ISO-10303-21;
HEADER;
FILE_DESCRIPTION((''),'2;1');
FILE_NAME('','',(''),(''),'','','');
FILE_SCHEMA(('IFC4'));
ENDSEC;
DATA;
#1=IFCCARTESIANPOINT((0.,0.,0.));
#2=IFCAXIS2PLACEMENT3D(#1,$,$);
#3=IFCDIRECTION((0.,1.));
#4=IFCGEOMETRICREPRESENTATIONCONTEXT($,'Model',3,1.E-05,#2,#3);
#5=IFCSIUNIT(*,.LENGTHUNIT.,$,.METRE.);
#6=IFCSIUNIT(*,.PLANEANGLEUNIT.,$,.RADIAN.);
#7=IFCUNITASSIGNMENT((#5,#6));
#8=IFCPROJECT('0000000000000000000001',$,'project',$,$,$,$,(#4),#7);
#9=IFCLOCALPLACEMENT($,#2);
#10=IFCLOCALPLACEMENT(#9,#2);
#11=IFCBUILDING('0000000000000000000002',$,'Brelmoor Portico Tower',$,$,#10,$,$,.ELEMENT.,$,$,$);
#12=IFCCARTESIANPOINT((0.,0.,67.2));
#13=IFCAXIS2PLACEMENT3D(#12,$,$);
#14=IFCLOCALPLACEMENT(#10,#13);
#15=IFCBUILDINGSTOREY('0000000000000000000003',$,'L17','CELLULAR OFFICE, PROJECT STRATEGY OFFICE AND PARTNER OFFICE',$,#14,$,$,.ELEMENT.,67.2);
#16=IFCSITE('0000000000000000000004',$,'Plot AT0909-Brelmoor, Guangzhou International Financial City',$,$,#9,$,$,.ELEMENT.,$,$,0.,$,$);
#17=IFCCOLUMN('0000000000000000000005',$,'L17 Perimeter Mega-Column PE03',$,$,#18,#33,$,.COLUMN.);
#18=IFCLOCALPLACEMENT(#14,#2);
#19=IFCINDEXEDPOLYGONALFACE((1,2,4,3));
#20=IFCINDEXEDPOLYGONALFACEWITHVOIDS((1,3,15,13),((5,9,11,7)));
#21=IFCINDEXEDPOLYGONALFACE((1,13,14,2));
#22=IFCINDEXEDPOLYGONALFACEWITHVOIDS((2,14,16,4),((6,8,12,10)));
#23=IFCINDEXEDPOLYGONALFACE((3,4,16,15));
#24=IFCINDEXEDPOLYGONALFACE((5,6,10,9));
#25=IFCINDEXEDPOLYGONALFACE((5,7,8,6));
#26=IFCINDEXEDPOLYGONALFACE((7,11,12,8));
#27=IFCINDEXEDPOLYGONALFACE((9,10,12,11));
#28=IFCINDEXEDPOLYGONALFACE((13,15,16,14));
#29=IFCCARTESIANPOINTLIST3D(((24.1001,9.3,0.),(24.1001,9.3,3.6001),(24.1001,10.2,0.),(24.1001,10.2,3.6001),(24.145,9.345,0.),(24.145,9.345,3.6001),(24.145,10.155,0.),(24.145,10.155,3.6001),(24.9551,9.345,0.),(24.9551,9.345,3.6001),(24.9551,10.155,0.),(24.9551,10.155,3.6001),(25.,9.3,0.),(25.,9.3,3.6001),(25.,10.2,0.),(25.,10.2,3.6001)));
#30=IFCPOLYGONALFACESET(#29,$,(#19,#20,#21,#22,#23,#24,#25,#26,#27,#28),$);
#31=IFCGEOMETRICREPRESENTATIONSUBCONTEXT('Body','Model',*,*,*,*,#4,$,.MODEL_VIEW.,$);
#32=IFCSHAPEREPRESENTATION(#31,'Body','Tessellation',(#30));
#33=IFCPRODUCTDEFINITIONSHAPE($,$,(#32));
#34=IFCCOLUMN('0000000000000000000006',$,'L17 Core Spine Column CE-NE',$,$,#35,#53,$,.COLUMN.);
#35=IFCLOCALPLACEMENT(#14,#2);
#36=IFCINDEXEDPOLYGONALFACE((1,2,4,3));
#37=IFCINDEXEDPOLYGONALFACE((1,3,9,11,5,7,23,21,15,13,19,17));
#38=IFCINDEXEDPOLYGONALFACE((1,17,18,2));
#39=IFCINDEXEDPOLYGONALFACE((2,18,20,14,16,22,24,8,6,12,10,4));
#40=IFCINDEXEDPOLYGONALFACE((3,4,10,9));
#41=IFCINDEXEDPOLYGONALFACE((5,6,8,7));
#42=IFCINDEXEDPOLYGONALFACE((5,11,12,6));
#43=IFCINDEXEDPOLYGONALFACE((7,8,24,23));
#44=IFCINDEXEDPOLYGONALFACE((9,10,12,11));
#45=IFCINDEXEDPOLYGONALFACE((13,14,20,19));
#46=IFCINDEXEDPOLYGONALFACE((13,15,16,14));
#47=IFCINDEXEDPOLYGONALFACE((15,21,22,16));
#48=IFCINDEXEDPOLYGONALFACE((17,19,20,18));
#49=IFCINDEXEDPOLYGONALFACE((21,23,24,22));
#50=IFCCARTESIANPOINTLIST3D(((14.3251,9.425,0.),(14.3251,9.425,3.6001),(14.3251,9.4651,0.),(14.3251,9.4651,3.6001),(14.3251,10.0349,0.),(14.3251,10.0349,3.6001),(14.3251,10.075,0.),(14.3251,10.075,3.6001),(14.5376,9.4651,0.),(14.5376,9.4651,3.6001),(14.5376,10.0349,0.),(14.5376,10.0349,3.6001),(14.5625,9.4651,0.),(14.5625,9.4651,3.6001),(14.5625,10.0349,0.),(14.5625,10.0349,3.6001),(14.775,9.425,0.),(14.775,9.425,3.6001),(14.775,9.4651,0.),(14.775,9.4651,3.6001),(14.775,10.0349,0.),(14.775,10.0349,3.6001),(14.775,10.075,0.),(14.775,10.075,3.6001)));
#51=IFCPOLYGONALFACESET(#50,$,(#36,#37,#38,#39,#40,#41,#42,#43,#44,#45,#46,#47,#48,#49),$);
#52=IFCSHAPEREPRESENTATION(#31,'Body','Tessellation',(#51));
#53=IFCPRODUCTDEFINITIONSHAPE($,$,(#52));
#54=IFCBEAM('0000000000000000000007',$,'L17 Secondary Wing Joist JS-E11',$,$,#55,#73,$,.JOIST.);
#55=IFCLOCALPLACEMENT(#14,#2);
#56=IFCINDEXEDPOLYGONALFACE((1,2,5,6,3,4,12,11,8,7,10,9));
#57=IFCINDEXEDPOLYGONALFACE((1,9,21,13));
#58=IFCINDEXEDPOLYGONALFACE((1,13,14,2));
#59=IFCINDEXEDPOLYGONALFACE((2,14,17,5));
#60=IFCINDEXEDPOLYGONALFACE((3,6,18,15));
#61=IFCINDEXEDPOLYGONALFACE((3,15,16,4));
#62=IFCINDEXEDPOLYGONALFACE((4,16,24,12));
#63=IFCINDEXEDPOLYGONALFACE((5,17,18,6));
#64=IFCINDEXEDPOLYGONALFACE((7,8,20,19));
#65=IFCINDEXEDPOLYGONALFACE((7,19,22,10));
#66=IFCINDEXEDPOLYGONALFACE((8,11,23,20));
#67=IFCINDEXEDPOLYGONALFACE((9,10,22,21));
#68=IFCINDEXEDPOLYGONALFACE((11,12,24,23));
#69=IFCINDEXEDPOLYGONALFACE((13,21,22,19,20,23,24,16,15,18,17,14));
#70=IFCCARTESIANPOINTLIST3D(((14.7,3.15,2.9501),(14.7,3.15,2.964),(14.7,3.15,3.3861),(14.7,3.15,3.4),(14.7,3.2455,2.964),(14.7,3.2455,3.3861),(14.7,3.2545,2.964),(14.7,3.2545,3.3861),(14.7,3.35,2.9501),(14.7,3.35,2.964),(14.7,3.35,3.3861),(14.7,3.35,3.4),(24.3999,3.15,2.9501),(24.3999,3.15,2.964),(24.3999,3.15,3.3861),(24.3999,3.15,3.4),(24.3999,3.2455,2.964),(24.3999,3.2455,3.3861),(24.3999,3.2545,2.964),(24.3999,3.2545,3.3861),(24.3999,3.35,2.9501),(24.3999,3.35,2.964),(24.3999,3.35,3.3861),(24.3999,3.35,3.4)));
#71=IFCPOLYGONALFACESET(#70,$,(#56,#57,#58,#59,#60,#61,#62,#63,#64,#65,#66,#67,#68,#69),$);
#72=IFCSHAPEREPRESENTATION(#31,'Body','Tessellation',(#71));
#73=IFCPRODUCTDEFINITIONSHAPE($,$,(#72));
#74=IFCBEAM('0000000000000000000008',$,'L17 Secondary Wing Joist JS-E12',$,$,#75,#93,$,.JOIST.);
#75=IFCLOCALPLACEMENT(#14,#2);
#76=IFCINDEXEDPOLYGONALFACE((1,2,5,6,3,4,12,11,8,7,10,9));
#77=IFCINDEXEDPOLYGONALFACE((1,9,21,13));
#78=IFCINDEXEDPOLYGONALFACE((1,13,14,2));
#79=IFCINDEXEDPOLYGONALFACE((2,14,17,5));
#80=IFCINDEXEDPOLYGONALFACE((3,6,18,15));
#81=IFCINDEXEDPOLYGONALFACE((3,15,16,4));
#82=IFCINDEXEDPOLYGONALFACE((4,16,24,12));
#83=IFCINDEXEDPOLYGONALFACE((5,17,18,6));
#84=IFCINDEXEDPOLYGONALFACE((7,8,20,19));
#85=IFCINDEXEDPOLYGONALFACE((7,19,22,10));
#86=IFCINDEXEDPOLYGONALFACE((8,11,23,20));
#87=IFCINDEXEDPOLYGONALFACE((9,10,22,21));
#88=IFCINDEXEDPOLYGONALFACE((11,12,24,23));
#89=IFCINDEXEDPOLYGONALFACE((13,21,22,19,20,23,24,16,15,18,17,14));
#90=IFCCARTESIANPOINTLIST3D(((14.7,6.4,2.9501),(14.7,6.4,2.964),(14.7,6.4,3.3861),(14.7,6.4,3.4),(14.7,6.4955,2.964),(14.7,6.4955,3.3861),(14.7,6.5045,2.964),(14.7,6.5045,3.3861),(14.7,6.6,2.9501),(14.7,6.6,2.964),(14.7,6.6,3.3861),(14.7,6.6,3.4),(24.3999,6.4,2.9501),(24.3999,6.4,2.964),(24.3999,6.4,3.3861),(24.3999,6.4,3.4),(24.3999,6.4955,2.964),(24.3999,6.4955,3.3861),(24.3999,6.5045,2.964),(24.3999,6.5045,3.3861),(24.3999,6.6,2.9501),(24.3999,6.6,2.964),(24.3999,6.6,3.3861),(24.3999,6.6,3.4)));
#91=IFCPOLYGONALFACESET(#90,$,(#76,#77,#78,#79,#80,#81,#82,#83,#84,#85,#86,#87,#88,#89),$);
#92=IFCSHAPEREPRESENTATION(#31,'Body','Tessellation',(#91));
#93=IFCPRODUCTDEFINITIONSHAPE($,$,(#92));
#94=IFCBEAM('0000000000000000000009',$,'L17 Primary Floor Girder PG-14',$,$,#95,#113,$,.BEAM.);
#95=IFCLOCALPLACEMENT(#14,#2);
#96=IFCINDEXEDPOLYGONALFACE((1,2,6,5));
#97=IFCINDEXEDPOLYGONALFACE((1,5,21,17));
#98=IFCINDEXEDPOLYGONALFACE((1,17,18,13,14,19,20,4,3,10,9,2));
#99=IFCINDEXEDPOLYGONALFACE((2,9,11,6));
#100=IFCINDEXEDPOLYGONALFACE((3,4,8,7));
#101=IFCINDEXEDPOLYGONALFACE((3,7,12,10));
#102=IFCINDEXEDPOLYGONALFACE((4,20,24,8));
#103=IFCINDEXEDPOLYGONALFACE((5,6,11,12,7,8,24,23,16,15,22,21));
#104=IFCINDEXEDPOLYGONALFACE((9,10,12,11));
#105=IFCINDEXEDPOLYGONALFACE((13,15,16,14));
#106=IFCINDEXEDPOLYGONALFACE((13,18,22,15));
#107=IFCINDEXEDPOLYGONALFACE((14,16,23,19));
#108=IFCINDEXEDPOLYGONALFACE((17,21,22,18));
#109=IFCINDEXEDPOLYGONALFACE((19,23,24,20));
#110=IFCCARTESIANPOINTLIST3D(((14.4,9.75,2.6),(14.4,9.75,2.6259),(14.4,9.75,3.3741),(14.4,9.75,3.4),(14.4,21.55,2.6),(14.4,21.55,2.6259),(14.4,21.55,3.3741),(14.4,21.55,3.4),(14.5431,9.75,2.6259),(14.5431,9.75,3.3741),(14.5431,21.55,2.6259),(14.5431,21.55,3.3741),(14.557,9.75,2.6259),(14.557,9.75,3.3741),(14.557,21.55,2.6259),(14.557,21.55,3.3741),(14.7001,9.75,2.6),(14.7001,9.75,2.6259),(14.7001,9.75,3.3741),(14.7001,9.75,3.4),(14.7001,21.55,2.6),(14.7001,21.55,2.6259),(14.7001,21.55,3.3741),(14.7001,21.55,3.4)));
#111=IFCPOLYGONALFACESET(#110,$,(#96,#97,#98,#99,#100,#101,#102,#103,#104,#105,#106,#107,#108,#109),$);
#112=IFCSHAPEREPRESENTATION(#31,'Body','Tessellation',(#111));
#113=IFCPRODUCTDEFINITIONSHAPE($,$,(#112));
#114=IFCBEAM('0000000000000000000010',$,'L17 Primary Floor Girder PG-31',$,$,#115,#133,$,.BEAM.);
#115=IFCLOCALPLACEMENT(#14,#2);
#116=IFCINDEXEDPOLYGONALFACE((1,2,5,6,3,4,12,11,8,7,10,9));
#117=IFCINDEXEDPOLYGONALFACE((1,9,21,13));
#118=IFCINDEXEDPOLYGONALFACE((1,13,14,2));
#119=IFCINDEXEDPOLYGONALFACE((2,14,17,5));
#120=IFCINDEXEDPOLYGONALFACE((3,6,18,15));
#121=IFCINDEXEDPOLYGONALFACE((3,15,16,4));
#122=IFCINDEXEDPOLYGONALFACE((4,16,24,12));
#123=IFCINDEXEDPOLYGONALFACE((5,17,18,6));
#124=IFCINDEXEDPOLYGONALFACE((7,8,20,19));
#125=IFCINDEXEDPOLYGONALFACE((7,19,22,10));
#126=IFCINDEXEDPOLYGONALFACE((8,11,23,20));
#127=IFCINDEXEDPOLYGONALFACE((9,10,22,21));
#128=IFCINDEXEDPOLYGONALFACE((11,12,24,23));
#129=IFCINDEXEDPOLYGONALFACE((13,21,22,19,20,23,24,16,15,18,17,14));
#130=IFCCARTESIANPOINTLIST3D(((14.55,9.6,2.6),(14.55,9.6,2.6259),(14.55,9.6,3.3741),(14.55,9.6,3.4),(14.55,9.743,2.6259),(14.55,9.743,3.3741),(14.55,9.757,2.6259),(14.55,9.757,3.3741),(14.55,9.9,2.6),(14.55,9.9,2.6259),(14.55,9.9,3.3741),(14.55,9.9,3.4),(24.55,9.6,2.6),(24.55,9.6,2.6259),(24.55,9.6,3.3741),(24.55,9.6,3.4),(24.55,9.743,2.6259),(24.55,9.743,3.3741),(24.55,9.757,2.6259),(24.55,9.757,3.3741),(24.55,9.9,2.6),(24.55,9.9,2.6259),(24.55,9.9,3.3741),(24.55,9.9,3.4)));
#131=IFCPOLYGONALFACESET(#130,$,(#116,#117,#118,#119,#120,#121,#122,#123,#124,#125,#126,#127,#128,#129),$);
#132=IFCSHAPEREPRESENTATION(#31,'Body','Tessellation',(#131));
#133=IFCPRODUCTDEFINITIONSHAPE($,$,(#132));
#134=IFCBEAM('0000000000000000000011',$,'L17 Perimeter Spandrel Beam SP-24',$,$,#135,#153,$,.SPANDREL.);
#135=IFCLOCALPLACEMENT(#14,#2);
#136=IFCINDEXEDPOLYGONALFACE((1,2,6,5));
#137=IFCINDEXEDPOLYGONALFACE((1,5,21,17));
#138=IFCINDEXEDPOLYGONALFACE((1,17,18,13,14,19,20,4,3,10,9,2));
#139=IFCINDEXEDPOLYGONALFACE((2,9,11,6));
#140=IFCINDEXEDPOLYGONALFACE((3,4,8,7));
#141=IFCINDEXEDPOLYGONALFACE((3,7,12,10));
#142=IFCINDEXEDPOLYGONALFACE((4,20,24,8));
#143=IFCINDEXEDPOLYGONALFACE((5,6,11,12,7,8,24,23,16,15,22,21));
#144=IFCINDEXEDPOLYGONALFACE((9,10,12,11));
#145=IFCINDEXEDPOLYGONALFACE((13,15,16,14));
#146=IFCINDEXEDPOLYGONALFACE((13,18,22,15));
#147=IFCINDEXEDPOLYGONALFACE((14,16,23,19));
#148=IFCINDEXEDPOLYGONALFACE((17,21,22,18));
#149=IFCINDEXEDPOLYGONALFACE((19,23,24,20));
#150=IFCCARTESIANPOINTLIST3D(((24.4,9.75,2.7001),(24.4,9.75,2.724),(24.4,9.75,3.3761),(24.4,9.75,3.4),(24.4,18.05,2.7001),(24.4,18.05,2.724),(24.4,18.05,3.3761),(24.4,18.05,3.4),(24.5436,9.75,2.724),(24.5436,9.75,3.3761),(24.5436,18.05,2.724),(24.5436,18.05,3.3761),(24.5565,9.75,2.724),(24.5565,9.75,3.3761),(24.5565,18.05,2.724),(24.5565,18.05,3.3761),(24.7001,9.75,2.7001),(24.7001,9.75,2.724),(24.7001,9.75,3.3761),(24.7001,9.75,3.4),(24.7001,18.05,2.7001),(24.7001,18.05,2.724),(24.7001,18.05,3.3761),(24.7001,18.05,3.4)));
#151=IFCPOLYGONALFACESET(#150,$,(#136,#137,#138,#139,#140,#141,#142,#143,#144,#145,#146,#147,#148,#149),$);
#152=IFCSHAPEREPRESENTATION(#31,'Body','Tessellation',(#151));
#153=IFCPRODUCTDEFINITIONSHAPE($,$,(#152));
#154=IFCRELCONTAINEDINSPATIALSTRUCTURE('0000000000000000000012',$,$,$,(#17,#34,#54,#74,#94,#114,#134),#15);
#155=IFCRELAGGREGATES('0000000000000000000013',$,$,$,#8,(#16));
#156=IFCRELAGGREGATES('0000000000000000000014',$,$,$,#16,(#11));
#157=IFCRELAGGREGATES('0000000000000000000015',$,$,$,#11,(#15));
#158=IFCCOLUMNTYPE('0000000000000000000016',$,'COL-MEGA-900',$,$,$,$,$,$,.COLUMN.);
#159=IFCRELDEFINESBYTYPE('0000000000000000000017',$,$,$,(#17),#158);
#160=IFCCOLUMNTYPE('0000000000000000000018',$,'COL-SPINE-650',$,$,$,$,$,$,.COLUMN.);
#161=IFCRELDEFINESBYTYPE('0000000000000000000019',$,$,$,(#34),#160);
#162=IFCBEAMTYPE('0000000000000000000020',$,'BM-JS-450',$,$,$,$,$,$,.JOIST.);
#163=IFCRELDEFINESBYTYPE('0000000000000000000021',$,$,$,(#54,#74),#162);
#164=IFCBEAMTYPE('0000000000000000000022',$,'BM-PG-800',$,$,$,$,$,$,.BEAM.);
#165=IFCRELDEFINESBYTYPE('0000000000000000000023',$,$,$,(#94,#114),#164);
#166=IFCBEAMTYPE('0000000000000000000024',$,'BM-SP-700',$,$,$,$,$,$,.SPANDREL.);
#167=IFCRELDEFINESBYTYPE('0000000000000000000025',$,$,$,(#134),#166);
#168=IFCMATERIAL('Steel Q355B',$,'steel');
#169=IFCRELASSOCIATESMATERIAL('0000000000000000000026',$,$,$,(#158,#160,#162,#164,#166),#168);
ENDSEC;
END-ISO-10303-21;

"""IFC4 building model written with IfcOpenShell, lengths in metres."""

from ifc_helpers import new_model, si_unit, direction, frame, origin, origin_2d, place, context, subcontext, project, spatial, hollow_rectangle, i_section, extrude, material, material_profile, profile_set, type_object, element, save


model = new_model("IFC4")

# Units and contexts
model_context = context("Model", 3, precision=1e-05, world=origin(), true_north=direction((0.0, 1.0)))
body_context = subcontext(model_context, "Body", "Model", "MODEL_VIEW")
ifc_project = project(units=[si_unit("LENGTHUNIT", "METRE"), si_unit("PLANEANGLEUNIT", "RADIAN")], contexts=[model_context])

# Site, building, storey
site_placement = place(None, origin())
site = spatial("IfcSite", under=ifc_project, at=site_placement, Name="Plot AT0909-Brelmoor, Guangzhou International Financial City", CompositionType="ELEMENT", RefElevation=0.0)
building_placement = place(site_placement, origin())
building = spatial("IfcBuilding", under=site, at=building_placement, Name="Brelmoor Portico Tower", CompositionType="ELEMENT")
storey_placement = place(building_placement, frame((0.0, 0.0, 67.2)))
storey = spatial("IfcBuildingStorey", under=building, at=storey_placement, Name="L17", Description="CELLULAR OFFICE, PROJECT STRATEGY OFFICE AND PARTNER OFFICE", CompositionType="ELEMENT", Elevation=67.2)

# Columns
ifc_material_1 = material(Name="Steel Q355B", Category="steel")
ifc_material_profile_1 = material_profile(ifc_material_1, hollow_rectangle(XDim=0.8999, YDim=0.8999, WallThickness=0.0449, at=origin_2d()), Name="BOX 900x900x45")
ifc_profile_set_1 = profile_set([ifc_material_profile_1], Name="Steel Q355B")
column_type_1 = type_object("IfcColumnType", Name="COL-MEGA-900", PredefinedType="COLUMN", material=ifc_profile_set_1)
column_1_placement = place(storey_placement, frame((24.55, 9.75, 0.0), z_axis=(0.0, 0.0, 1.0), x_axis=(0.0, 1.0, 0.0)))
element("IfcColumn", 1, at=column_1_placement, inside=storey, type_object=column_type_1, Name="L17 Perimeter Mega-Column PE03", PredefinedType="COLUMN", context=body_context, shape_type="SweptSolid", body=[
    extrude(hollow_rectangle(XDim=0.8999, YDim=0.8999, WallThickness=0.0449, at=origin_2d()), origin(), (0.0, 0.0, 1.0), 3.6001),
])
ifc_material_profile_2 = material_profile(ifc_material_1, i_section(OverallWidth=0.45, OverallDepth=0.6499, WebThickness=0.0249, FlangeThickness=0.04, at=origin_2d()), Name="HW 650x450x25x40")
ifc_profile_set_2 = profile_set([ifc_material_profile_2], Name="Steel Q355B")
column_type_2 = type_object("IfcColumnType", Name="COL-SPINE-650", PredefinedType="COLUMN", material=ifc_profile_set_2)
column_2_placement = place(storey_placement, frame((14.55, 9.75, 0.0), z_axis=(0.0, 0.0, 1.0), x_axis=(1.0, 0.0, 0.0)))
element("IfcColumn", 2, at=column_2_placement, inside=storey, type_object=column_type_2, Name="L17 Core Spine Column CE-NE", PredefinedType="COLUMN", context=body_context, shape_type="SweptSolid", body=[
    extrude(i_section(OverallWidth=0.45, OverallDepth=0.6499, WebThickness=0.0249, FlangeThickness=0.04, at=origin_2d()), origin(), (0.0, 0.0, 1.0), 3.6001),
])

# Beams
ifc_material_profile_3 = material_profile(ifc_material_1, i_section(OverallWidth=0.2, OverallDepth=0.45, WebThickness=0.009, FlangeThickness=0.0139, at=origin_2d()), Name="HN 450x200x9x14")
ifc_profile_set_3 = profile_set([ifc_material_profile_3], Name="Steel Q355B")
beam_type_1 = type_object("IfcBeamType", Name="BM-JS-450", PredefinedType="JOIST", material=ifc_profile_set_3)
for number, where, z_axis, x_axis, name in (
    (3, (14.7, 3.25, 3.175), (1.0, 0.0, 0.0), (0.0, 1.0, 0.0), "L17 Secondary Wing Joist JS-E11"),
    (4, (14.7, 6.5, 3.175), (1.0, 0.0, 0.0), (0.0, 1.0, 0.0), "L17 Secondary Wing Joist JS-E12"),
):
    element("IfcBeam", number, at=place(storey_placement, frame(where, z_axis=z_axis, x_axis=x_axis)), inside=storey, type_object=beam_type_1, Name=name, PredefinedType="JOIST", context=body_context, shape_type="SweptSolid", body=[
        extrude(i_section(OverallWidth=0.2, OverallDepth=0.45, WebThickness=0.009, FlangeThickness=0.0139, at=origin_2d()), origin(), (0.0, 0.0, 1.0), 9.7),
    ])
ifc_material_profile_4 = material_profile(ifc_material_1, i_section(OverallWidth=0.3, OverallDepth=0.8, WebThickness=0.0139, FlangeThickness=0.0259, at=origin_2d()), Name="HN 800x300x14x26")
ifc_profile_set_4 = profile_set([ifc_material_profile_4], Name="Steel Q355B")
beam_type_2 = type_object("IfcBeamType", Name="BM-PG-800", PredefinedType="BEAM", material=ifc_profile_set_4)
beam_1_placement = place(storey_placement, frame((14.55, 9.75, 3.0), z_axis=(0.0, 1.0, 0.0), x_axis=(-1.0, 0.0, 0.0)))
element("IfcBeam", 5, at=beam_1_placement, inside=storey, type_object=beam_type_2, Name="L17 Primary Floor Girder PG-14", PredefinedType="BEAM", context=body_context, shape_type="SweptSolid", body=[
    extrude(i_section(OverallWidth=0.3, OverallDepth=0.8, WebThickness=0.0139, FlangeThickness=0.0259, at=origin_2d()), origin(), (0.0, 0.0, 1.0), 11.8),
])
beam_2_placement = place(storey_placement, frame((14.55, 9.75, 3.0), z_axis=(1.0, 0.0, 0.0), x_axis=(0.0, 1.0, 0.0)))
element("IfcBeam", 6, at=beam_2_placement, inside=storey, type_object=beam_type_2, Name="L17 Primary Floor Girder PG-31", PredefinedType="BEAM", context=body_context, shape_type="SweptSolid", body=[
    extrude(i_section(OverallWidth=0.3, OverallDepth=0.8, WebThickness=0.0139, FlangeThickness=0.0259, at=origin_2d()), origin(), (0.0, 0.0, 1.0), 10.0),
])
ifc_material_profile_5 = material_profile(ifc_material_1, i_section(OverallWidth=0.3, OverallDepth=0.7, WebThickness=0.0129, FlangeThickness=0.0239, at=origin_2d()), Name="HN 700x300x13x24")
ifc_profile_set_5 = profile_set([ifc_material_profile_5], Name="Steel Q355B")
beam_type_3 = type_object("IfcBeamType", Name="BM-SP-700", PredefinedType="SPANDREL", material=ifc_profile_set_5)
beam_3_placement = place(storey_placement, frame((24.55, 9.75, 3.05), z_axis=(0.0, 1.0, 0.0), x_axis=(-1.0, 0.0, 0.0)))
element("IfcBeam", 7, at=beam_3_placement, inside=storey, type_object=beam_type_3, Name="L17 Perimeter Spandrel Beam SP-24", PredefinedType="SPANDREL", context=body_context, shape_type="SweptSolid", body=[
    extrude(i_section(OverallWidth=0.3, OverallDepth=0.7, WebThickness=0.0129, FlangeThickness=0.0239, at=origin_2d()), origin(), (0.0, 0.0, 1.0), 8.3),
])

save(model, "model.ifc")
